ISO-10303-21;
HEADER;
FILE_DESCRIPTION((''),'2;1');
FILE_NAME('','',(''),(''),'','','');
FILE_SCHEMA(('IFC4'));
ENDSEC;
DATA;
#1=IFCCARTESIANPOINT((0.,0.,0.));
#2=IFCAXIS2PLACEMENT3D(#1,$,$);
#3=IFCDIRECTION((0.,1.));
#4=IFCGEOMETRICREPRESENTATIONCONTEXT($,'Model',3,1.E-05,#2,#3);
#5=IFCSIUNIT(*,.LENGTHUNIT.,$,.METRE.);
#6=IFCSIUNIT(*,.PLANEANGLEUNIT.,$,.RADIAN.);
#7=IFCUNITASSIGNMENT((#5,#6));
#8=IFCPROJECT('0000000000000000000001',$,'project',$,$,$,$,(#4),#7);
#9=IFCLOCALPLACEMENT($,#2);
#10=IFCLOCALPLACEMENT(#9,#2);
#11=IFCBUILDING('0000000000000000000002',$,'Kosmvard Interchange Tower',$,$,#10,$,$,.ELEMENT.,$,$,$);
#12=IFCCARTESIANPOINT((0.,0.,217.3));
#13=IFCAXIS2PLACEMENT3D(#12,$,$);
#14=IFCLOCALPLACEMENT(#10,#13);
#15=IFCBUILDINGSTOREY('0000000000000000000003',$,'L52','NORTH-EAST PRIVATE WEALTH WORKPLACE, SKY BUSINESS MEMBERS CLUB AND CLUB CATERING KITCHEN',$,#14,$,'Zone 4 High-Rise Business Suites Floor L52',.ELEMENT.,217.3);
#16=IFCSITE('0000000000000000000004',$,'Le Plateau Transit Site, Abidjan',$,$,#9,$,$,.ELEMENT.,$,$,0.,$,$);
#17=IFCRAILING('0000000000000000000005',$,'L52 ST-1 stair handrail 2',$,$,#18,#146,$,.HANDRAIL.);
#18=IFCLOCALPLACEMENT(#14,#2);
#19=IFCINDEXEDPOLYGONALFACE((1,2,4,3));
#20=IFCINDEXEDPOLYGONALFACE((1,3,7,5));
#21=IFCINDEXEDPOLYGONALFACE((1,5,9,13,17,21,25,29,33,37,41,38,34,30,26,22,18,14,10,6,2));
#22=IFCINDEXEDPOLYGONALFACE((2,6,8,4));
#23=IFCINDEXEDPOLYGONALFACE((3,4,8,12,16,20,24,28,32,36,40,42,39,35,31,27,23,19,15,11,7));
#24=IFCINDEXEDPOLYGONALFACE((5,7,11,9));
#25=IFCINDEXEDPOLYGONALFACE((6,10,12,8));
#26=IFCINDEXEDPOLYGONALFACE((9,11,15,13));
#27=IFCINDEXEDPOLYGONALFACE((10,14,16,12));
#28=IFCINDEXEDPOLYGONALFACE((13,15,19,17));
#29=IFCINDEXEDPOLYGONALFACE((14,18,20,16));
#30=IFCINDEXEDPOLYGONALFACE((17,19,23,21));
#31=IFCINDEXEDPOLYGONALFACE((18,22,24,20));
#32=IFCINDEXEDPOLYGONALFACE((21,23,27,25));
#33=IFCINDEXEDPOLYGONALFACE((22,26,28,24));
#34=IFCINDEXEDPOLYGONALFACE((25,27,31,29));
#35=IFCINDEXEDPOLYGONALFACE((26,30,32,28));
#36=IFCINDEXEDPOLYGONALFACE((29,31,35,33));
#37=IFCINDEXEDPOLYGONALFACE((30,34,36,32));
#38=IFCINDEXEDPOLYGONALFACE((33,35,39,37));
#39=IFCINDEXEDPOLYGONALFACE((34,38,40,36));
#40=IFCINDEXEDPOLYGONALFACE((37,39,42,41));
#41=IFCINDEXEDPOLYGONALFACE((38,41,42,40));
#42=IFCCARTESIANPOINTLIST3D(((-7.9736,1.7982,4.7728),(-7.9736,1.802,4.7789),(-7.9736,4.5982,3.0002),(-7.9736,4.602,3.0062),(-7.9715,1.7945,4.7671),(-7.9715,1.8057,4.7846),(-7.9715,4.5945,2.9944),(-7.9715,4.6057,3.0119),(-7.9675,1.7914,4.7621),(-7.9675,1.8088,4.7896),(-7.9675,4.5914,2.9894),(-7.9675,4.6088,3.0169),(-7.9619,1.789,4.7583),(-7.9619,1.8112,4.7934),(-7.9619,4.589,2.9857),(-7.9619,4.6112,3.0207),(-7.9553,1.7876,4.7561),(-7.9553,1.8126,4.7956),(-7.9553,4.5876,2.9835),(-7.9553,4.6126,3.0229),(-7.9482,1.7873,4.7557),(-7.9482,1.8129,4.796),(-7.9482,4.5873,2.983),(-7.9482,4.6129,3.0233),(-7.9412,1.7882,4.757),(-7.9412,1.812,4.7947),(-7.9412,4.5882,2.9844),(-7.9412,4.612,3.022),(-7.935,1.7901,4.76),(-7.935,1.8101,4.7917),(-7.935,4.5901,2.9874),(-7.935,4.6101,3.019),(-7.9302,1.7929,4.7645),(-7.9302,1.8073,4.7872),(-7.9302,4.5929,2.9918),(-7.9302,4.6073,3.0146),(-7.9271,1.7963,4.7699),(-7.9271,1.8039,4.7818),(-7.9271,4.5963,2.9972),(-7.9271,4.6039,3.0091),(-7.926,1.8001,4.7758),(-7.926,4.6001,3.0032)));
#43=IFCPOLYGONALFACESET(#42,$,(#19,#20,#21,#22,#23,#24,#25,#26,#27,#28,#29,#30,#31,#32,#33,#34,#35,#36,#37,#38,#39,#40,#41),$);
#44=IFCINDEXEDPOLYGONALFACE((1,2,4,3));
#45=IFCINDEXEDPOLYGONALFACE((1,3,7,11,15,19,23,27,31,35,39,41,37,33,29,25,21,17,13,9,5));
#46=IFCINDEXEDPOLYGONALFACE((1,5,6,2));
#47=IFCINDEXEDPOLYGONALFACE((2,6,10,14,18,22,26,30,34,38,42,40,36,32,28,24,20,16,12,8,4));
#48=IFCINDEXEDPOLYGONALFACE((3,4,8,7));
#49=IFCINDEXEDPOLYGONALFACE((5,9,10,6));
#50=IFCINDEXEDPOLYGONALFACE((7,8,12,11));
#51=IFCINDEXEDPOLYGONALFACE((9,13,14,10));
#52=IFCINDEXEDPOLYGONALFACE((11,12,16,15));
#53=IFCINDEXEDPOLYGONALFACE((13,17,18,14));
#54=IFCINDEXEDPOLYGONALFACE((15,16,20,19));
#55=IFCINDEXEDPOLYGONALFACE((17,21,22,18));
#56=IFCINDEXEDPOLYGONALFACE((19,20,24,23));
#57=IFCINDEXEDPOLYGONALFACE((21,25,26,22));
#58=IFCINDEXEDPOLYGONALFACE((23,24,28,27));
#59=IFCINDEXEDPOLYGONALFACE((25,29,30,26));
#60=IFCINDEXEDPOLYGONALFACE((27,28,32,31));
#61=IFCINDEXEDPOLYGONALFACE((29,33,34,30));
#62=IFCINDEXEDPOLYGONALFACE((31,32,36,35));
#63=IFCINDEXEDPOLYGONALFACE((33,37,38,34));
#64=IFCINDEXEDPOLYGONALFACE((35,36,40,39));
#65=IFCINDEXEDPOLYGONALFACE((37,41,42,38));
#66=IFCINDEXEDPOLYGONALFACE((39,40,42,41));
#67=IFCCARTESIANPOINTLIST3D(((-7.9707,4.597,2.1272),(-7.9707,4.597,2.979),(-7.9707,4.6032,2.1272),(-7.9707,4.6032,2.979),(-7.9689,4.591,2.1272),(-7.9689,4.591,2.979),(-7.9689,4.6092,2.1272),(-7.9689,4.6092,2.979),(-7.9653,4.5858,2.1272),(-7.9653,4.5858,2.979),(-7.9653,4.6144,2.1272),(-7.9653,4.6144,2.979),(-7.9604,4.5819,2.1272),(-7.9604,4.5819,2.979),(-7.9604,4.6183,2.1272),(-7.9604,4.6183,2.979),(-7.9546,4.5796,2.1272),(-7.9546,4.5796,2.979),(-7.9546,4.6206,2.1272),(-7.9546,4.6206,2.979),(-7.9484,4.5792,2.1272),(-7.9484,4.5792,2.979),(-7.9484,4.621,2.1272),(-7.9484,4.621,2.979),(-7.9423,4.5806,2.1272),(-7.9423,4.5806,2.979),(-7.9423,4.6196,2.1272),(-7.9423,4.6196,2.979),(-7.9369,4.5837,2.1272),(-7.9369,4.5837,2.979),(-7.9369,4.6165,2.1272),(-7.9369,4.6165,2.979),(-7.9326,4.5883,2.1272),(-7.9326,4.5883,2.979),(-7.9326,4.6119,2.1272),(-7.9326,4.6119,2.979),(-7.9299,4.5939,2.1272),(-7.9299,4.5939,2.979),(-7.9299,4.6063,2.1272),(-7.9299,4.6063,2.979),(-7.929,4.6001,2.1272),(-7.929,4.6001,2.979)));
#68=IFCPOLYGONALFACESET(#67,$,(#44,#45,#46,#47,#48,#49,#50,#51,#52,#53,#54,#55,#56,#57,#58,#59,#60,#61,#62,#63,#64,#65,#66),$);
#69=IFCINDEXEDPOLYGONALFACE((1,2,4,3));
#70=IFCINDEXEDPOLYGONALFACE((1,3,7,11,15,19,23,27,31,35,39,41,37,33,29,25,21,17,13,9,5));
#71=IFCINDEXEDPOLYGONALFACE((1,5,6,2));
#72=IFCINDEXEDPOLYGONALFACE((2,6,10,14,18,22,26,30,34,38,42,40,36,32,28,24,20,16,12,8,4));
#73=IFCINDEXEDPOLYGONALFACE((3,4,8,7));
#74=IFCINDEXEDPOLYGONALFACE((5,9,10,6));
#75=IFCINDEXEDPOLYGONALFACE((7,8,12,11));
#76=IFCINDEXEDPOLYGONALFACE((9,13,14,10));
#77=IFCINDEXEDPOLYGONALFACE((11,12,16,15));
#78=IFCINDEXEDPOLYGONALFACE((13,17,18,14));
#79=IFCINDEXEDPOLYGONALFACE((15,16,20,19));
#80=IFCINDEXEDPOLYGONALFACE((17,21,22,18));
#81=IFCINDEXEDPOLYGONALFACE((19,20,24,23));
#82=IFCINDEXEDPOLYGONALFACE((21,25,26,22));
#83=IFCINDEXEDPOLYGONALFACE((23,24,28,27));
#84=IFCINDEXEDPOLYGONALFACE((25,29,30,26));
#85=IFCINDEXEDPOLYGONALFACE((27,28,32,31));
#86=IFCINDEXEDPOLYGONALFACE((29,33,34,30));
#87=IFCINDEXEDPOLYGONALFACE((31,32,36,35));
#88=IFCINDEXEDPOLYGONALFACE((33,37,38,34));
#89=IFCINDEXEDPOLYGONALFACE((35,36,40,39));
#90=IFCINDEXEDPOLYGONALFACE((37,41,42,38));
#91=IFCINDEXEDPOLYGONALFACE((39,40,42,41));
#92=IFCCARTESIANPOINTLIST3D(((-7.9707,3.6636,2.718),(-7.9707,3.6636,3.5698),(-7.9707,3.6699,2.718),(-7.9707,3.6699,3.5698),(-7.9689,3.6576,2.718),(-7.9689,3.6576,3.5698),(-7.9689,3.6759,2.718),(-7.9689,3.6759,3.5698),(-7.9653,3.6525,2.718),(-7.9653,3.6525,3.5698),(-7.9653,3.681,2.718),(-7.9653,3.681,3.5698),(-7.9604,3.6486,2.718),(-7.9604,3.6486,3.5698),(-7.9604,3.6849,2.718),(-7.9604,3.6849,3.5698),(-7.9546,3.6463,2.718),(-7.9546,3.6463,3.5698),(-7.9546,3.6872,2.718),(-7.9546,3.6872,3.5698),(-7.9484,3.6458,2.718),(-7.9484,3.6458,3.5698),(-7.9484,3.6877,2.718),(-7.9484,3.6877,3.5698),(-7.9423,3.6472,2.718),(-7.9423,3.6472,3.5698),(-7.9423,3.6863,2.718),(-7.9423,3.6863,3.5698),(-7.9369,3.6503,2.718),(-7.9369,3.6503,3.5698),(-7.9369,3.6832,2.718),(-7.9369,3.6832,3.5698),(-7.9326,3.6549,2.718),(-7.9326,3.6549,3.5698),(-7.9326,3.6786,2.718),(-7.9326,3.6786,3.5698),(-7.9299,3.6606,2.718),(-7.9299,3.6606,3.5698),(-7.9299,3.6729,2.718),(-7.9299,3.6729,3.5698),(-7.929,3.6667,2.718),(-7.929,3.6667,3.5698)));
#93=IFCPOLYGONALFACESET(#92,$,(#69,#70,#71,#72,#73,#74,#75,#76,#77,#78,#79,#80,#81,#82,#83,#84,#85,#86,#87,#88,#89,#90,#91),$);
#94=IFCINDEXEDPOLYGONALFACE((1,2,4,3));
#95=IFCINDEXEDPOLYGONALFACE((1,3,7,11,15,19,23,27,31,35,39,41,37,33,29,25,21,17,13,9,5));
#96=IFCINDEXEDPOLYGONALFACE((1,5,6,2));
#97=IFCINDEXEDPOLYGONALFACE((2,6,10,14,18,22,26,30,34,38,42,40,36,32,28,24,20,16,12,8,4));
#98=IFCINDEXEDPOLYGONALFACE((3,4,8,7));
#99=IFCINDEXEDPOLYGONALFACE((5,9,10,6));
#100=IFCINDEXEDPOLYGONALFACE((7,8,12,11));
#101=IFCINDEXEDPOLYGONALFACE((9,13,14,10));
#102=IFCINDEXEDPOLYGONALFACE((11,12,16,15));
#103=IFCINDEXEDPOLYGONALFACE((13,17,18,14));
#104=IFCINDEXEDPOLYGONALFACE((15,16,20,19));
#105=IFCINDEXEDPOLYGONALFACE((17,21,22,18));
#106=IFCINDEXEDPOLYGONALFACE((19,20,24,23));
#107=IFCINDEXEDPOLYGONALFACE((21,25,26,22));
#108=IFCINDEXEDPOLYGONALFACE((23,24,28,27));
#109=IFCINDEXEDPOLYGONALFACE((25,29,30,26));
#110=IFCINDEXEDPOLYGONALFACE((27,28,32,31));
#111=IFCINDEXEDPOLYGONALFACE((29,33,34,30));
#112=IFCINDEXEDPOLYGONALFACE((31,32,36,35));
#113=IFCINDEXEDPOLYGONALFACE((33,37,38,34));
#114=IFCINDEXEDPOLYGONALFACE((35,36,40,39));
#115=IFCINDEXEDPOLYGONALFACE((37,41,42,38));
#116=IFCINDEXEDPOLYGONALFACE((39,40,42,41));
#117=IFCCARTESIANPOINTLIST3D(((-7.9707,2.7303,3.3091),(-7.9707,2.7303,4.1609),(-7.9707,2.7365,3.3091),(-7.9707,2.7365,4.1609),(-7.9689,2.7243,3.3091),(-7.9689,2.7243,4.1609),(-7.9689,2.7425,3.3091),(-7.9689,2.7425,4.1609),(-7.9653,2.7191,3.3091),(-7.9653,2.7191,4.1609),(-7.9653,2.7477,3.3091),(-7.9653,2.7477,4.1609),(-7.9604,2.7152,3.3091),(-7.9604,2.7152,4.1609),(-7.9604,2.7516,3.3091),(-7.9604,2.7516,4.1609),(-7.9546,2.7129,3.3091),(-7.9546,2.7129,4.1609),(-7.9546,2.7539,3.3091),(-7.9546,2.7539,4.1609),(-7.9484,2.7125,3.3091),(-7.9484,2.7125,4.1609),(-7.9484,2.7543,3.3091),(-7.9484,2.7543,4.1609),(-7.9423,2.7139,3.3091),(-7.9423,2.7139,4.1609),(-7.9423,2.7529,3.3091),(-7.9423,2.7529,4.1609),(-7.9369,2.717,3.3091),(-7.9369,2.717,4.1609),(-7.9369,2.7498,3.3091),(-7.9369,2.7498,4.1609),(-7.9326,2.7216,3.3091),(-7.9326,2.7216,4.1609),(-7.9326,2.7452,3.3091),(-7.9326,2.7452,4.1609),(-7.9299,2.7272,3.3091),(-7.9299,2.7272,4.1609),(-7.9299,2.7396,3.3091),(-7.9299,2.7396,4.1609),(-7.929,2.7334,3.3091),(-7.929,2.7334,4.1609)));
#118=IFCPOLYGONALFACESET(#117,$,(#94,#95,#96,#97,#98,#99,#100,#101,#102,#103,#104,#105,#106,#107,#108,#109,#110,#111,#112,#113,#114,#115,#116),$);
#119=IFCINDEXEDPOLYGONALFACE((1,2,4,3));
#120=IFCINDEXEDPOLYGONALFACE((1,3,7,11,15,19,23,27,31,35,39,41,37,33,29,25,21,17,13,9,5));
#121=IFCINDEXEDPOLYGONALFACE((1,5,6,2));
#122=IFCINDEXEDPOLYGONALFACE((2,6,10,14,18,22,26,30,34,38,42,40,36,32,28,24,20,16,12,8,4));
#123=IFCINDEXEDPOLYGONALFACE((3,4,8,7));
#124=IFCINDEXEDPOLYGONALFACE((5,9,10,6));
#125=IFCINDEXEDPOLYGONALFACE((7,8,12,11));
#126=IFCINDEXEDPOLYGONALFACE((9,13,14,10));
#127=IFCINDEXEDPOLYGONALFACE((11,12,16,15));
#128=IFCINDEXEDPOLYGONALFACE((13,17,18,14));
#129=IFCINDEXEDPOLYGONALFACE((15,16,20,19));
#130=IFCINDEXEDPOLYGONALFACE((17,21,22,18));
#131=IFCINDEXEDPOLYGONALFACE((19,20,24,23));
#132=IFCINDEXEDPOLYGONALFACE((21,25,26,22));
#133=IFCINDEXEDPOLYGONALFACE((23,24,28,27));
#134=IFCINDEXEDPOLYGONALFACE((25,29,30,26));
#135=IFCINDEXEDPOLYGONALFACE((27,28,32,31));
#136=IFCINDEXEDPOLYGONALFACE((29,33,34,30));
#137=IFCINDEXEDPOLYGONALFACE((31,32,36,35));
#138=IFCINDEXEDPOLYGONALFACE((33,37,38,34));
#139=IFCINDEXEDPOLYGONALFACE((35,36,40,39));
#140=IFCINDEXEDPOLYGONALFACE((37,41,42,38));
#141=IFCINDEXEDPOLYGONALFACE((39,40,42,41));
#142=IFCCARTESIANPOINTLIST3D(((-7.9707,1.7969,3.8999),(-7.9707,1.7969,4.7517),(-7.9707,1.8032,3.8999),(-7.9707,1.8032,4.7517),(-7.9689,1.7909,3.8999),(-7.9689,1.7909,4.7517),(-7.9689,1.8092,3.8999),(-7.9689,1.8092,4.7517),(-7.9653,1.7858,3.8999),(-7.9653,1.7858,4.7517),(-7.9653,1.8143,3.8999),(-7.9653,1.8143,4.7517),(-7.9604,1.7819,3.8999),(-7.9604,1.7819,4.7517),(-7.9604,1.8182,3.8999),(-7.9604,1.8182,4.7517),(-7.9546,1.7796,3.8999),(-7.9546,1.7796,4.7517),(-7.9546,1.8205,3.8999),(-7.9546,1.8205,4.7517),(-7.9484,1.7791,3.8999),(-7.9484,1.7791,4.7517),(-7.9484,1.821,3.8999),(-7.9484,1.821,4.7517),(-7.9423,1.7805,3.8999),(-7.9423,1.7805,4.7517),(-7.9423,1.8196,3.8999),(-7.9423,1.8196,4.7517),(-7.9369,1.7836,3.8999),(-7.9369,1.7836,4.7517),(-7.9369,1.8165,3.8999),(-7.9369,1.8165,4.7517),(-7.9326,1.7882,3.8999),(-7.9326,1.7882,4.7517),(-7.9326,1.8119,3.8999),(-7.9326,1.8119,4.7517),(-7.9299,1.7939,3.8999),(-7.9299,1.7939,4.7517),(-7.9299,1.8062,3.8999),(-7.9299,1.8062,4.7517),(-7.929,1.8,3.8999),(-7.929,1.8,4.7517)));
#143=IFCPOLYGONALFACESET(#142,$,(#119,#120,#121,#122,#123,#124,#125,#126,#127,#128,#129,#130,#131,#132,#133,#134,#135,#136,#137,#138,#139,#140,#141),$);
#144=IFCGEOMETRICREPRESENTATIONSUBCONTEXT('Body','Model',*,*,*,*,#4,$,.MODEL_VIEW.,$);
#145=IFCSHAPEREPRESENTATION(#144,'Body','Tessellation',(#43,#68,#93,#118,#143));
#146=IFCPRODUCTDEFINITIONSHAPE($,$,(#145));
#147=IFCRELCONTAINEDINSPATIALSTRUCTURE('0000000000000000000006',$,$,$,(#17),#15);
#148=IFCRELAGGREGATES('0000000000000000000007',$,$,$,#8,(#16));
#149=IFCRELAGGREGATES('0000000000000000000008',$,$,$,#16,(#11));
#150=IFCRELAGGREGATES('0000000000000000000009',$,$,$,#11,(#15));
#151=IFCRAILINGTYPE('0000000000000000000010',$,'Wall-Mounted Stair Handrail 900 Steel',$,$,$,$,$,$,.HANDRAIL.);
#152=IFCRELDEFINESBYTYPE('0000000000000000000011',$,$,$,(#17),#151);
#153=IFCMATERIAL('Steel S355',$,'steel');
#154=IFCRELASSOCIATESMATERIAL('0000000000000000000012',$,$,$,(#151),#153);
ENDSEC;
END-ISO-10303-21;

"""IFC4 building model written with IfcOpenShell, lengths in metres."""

from ifc_helpers import new_model, si_unit, direction, frame, origin, origin_2d, place, context, subcontext, project, spatial, circle, extrude, source, transform, mapped, material, type_object, element, save


model = new_model("IFC4")

# Units and contexts
model_context = context("Model", 3, precision=1e-05, world=origin(), true_north=direction((0.0, 1.0)))
body_context = subcontext(model_context, "Body", "Model", "MODEL_VIEW")
ifc_project = project(units=[si_unit("LENGTHUNIT", "METRE"), si_unit("PLANEANGLEUNIT", "RADIAN")], contexts=[model_context])

# Site, building, storey
site_placement = place(None, origin())
site = spatial("IfcSite", under=ifc_project, at=site_placement, Name="Le Plateau Transit Site, Abidjan", CompositionType="ELEMENT", RefElevation=0.0)
building_placement = place(site_placement, origin())
building = spatial("IfcBuilding", under=site, at=building_placement, Name="Kosmvard Interchange Tower", CompositionType="ELEMENT")
storey_placement = place(building_placement, frame((0.0, 0.0, 217.3)))
storey = spatial("IfcBuildingStorey", under=building, at=storey_placement, Name="L52", Description="NORTH-EAST PRIVATE WEALTH WORKPLACE, SKY BUSINESS MEMBERS CLUB AND CLUB CATERING KITCHEN", LongName="Zone 4 High-Rise Business Suites Floor L52", CompositionType="ELEMENT", Elevation=217.3)

# Railing
ifc_material_1 = material(Name="Steel S355", Category="steel")
railing_type_1 = type_object("IfcRailingType", Name="Wall-Mounted Stair Handrail 900 Steel", PredefinedType="HANDRAIL", material=ifc_material_1)
shared_shape_1 = source(origin(), body_context, "Body", "SweptSolid", [
    extrude(circle(Radius=0.0239, at=origin_2d()), frame((0.0, 0.0, 0.876), z_axis=(0.0, -0.844909, 0.53491), x_axis=(1.0, 0.0, 0.0)), (0.0, 0.0, 1.0), 3.314),
    extrude(circle(Radius=0.021, at=origin_2d()), origin(), (0.0, 0.0, 1.0), 0.8518),
    extrude(circle(Radius=0.021, at=origin_2d()), frame((0.0, -0.9333, 0.5908)), (0.0, 0.0, 1.0), 0.8518),
    extrude(circle(Radius=0.021, at=origin_2d()), frame((0.0, -1.8667, 1.1819)), (0.0, 0.0, 1.0), 0.8518),
    extrude(circle(Radius=0.021, at=origin_2d()), frame((0.0, -2.8, 1.7727)), (0.0, 0.0, 1.0), 0.8518),
])
railing_1_placement = place(storey_placement, frame((-7.95, 4.6001, 2.1272)))
element("IfcRailing", 1, at=railing_1_placement, inside=storey, type_object=railing_type_1, Name="L52 ST-1 stair handrail 2", PredefinedType="HANDRAIL", context=body_context, shape_type="MappedRepresentation", body=[
    mapped(shared_shape_1, transform((0.0, 0.0, 0.0), scale=1.0)),
])

save(model, "model.ifc")
